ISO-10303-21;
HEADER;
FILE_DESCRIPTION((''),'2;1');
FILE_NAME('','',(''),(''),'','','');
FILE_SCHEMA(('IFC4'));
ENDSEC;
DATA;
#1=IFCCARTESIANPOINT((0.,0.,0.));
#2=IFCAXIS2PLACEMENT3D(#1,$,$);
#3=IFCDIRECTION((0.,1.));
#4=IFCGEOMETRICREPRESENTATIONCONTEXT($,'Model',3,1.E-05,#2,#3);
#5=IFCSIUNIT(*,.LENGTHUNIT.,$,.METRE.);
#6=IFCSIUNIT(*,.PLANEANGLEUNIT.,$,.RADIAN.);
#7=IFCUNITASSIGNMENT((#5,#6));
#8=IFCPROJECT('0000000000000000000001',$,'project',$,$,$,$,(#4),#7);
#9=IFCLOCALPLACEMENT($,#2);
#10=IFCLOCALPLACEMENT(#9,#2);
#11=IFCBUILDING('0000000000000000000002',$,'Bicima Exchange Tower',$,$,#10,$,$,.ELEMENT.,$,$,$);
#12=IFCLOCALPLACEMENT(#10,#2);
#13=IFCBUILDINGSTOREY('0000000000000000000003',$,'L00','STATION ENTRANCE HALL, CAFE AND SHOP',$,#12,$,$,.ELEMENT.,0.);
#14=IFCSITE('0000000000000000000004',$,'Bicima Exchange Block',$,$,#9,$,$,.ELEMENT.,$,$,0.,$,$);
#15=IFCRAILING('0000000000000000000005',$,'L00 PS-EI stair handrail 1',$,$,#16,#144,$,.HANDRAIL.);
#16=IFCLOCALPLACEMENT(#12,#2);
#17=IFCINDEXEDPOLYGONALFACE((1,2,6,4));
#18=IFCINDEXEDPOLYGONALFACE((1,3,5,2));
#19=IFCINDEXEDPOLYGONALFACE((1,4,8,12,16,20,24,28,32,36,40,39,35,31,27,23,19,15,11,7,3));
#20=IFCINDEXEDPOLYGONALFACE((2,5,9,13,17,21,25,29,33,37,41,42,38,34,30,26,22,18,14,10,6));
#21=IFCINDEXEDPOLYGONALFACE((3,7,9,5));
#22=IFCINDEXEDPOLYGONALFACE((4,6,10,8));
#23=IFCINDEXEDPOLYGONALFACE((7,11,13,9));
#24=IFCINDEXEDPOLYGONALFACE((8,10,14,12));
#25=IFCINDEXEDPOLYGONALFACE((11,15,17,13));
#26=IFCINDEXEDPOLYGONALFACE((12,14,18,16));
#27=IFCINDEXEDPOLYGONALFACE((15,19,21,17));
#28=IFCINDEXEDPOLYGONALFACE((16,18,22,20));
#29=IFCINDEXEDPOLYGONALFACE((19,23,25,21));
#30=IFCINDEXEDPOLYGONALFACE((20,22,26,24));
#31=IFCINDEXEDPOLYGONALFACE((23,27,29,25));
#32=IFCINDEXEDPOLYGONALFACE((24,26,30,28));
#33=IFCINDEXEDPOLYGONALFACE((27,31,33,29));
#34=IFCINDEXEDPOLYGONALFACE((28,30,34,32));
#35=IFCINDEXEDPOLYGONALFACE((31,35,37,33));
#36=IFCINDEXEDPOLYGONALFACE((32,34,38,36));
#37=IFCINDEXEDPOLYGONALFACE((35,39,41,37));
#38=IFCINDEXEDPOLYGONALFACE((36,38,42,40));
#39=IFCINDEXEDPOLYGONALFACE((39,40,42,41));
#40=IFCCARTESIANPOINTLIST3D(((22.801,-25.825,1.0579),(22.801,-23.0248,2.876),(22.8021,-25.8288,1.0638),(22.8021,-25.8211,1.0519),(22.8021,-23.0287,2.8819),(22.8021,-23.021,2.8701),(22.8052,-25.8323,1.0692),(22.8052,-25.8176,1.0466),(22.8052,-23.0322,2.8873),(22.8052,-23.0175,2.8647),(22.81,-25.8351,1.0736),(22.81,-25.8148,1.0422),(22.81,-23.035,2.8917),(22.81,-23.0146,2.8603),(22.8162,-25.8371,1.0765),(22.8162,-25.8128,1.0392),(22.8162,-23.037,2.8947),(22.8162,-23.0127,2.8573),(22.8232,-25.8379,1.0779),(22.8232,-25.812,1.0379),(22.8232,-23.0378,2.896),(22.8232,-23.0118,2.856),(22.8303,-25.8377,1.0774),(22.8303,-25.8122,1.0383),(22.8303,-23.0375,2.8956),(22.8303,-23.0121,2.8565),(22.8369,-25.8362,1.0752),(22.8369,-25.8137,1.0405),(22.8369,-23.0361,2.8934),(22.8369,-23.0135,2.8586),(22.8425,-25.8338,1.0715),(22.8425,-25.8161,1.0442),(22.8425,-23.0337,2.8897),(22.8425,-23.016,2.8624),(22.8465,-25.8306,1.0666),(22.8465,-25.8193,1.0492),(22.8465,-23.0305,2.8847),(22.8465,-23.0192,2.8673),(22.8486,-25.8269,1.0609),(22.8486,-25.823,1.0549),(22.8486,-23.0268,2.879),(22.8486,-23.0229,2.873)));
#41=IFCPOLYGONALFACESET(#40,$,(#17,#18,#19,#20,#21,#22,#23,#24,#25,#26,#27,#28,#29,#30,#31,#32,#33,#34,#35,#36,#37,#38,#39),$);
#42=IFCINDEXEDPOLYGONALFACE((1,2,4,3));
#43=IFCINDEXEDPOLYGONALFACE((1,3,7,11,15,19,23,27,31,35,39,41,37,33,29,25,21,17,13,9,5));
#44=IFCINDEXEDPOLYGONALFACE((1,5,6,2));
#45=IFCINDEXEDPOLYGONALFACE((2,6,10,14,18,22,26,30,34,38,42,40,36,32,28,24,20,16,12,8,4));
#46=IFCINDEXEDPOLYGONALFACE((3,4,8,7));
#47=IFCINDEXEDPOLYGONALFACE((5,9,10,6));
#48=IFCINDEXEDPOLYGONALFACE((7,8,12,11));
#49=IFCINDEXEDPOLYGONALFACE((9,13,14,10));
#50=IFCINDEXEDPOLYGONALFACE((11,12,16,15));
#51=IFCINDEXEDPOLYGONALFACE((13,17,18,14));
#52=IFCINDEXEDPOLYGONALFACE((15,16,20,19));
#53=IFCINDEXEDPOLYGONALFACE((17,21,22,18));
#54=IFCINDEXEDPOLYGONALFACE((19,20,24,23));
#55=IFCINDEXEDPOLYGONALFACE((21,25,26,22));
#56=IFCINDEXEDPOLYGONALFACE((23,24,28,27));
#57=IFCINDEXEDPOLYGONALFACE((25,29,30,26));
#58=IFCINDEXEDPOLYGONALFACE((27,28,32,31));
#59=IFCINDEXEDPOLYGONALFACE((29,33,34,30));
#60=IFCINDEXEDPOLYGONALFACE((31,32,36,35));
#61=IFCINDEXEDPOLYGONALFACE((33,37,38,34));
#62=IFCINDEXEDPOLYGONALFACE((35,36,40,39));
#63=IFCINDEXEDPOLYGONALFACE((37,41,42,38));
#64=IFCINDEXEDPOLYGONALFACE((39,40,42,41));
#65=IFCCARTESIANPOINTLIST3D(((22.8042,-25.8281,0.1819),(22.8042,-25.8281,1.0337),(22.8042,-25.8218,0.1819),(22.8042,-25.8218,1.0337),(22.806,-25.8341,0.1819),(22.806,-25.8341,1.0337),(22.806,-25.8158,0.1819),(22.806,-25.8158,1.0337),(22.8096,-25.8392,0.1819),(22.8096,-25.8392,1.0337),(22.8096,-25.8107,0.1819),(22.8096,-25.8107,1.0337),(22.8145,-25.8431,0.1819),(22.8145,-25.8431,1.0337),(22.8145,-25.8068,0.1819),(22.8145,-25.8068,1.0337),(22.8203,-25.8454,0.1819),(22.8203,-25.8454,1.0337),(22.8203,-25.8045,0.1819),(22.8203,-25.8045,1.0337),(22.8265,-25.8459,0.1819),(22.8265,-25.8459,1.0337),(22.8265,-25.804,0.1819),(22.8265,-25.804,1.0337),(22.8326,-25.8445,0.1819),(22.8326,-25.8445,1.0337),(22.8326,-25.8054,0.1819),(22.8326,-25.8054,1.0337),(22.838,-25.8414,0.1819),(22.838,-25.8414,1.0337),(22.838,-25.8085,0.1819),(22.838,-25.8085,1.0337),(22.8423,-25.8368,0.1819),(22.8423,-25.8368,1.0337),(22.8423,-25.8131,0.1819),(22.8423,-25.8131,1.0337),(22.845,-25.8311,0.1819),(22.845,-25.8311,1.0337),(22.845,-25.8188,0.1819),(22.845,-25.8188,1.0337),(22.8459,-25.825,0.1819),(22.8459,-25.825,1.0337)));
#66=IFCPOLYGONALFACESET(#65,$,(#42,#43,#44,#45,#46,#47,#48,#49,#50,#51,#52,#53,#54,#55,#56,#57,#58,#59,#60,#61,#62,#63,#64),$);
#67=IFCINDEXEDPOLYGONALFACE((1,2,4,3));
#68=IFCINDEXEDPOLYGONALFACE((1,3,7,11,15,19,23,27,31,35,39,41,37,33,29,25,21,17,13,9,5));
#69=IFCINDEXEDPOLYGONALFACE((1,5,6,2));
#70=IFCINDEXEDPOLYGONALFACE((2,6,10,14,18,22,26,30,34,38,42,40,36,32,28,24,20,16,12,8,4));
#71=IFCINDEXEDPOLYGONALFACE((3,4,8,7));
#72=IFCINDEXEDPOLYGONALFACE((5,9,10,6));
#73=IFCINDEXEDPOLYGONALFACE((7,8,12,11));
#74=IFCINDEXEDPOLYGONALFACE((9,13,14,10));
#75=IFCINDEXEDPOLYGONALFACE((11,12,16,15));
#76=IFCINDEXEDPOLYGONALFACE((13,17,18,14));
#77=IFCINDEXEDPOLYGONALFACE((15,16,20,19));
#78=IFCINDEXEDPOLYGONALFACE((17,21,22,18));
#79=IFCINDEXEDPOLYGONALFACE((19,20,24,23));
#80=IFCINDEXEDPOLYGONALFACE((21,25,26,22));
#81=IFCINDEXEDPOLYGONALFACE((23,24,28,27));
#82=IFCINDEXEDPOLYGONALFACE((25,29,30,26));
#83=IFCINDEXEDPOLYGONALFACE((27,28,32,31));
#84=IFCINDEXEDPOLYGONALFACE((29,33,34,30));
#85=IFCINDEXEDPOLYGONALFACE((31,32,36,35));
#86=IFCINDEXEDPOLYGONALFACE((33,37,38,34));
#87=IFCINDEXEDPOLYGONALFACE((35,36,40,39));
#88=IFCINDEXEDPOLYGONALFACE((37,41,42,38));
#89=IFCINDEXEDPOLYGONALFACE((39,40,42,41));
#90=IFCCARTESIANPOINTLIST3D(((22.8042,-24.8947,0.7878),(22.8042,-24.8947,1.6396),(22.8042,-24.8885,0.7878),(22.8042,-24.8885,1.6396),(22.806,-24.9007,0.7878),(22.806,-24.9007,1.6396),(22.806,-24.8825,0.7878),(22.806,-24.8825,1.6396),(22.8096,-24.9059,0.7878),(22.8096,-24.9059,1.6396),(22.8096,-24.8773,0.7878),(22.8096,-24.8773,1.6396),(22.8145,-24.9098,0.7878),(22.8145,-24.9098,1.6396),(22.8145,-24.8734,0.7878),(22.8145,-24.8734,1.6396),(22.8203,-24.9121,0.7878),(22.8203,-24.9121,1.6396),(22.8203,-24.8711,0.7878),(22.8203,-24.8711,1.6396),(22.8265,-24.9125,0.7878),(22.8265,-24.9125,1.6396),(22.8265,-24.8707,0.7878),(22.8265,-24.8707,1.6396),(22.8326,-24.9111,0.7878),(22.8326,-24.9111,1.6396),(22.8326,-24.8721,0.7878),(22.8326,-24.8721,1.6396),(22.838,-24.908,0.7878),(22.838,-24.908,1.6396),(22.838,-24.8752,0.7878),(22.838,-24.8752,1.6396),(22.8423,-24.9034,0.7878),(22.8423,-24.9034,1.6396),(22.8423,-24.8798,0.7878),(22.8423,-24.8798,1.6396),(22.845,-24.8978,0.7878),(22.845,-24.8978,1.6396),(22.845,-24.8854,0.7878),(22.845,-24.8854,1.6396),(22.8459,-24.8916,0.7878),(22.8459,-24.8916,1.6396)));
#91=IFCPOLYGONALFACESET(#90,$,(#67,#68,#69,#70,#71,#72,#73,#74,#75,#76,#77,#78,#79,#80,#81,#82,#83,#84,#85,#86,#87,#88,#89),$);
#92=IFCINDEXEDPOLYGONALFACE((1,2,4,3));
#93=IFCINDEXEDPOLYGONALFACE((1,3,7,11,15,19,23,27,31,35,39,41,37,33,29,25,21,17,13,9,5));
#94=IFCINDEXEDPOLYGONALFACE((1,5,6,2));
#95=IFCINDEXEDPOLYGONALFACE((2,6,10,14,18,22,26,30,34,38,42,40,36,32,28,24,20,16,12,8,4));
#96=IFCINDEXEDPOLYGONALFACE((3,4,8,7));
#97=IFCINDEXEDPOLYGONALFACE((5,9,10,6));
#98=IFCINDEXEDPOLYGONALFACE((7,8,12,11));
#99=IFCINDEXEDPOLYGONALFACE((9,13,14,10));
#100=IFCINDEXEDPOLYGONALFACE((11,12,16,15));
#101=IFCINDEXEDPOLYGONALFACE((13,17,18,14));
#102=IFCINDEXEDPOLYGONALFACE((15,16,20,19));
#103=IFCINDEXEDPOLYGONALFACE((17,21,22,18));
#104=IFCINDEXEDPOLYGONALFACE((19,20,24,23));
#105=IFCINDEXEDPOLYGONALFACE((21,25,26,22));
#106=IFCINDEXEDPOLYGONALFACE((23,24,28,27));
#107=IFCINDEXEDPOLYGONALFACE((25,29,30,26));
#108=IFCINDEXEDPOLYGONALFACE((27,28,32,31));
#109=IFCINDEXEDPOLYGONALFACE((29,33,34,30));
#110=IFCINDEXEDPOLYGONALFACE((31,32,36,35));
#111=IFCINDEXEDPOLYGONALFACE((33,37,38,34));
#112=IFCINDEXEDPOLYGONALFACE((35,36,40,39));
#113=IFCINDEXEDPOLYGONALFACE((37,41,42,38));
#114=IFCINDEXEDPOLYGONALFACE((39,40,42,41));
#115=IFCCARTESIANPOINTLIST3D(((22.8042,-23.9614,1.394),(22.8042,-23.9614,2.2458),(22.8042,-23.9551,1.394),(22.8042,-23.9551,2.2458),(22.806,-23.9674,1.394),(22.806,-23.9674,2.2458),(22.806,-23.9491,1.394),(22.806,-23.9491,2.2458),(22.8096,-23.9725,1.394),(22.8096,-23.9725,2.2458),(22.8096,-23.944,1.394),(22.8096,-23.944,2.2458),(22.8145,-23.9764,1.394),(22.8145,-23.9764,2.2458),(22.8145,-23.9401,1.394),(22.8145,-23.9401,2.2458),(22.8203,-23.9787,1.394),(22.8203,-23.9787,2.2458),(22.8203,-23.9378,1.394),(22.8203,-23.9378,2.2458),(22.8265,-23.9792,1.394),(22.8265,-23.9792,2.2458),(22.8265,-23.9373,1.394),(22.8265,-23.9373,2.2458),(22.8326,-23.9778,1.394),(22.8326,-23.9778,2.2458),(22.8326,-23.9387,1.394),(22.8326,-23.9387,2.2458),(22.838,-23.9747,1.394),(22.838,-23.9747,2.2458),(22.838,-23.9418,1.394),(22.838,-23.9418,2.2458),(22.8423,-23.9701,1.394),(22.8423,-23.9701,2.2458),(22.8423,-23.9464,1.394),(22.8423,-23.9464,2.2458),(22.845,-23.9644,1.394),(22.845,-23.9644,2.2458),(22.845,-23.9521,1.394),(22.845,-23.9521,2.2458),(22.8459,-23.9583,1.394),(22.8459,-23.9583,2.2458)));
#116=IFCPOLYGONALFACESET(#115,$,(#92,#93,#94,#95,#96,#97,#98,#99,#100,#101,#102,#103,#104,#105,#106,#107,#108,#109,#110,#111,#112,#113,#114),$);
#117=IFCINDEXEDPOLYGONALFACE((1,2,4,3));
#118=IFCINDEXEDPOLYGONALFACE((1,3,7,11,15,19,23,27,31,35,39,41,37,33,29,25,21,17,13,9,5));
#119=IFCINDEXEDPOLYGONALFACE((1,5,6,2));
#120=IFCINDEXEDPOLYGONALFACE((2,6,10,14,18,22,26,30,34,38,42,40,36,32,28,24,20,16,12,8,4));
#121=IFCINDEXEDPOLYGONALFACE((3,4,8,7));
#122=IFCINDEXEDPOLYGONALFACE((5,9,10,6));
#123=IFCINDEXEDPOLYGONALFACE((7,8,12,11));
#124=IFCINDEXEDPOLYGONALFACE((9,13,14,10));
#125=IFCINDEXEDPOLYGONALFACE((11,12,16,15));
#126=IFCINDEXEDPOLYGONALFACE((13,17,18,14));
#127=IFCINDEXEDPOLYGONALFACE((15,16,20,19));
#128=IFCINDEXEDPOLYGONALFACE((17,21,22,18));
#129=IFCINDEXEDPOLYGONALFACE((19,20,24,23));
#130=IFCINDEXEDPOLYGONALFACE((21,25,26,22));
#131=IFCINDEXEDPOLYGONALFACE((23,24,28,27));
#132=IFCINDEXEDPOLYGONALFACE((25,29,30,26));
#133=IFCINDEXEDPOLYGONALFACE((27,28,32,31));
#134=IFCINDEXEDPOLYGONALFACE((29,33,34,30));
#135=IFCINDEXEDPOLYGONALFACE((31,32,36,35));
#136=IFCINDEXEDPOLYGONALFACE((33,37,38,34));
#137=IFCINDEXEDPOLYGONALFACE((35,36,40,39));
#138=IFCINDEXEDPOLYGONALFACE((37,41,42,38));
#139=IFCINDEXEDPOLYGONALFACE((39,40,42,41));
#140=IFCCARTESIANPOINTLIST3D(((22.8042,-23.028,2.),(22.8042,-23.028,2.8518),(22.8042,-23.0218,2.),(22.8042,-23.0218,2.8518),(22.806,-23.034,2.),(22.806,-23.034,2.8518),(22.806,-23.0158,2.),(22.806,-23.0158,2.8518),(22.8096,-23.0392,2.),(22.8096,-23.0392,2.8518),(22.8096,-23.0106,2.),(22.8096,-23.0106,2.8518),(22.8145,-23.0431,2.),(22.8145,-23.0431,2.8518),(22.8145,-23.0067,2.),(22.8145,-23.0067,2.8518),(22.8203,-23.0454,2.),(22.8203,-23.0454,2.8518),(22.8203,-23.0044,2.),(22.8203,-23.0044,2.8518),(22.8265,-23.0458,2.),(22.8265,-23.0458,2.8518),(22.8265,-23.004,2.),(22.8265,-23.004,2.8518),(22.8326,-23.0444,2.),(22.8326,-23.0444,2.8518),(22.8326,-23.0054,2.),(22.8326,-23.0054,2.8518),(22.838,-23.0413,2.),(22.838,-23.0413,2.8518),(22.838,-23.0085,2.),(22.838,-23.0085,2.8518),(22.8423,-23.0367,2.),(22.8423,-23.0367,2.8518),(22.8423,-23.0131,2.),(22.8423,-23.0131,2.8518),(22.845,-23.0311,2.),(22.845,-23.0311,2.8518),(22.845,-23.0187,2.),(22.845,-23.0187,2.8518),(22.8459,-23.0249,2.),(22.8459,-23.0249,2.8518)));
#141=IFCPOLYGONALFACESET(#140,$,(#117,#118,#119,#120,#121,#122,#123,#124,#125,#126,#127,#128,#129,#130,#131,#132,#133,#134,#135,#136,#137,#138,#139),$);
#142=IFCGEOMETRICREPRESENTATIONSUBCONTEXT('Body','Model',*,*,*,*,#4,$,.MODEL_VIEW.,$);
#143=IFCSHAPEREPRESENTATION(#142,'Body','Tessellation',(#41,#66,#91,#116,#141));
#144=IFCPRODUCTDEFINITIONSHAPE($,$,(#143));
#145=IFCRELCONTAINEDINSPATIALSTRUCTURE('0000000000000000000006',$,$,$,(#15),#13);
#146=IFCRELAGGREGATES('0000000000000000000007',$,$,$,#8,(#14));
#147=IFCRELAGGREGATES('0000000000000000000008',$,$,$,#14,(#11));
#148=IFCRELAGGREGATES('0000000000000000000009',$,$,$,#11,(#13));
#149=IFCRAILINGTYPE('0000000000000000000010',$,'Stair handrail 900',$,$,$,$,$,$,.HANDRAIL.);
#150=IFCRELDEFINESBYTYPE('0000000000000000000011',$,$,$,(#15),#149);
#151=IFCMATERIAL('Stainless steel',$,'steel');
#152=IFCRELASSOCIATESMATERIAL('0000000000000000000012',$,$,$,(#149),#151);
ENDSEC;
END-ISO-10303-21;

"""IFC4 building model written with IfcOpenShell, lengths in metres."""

from ifc_helpers import new_model, si_unit, direction, frame, origin, origin_2d, place, context, subcontext, project, spatial, circle, extrude, material, type_object, element, save


model = new_model("IFC4")

# Units and contexts
model_context = context("Model", 3, precision=1e-05, world=origin(), true_north=direction((0.0, 1.0)))
body_context = subcontext(model_context, "Body", "Model", "MODEL_VIEW")
ifc_project = project(units=[si_unit("LENGTHUNIT", "METRE"), si_unit("PLANEANGLEUNIT", "RADIAN")], contexts=[model_context])

# Site, building, storey
site_placement = place(None, origin())
site = spatial("IfcSite", under=ifc_project, at=site_placement, Name="Bicima Exchange Block", CompositionType="ELEMENT", RefElevation=0.0)
building_placement = place(site_placement, origin())
building = spatial("IfcBuilding", under=site, at=building_placement, Name="Bicima Exchange Tower", CompositionType="ELEMENT")
storey_placement = place(building_placement, origin())
storey = spatial("IfcBuildingStorey", under=building, at=storey_placement, Name="L00", Description="STATION ENTRANCE HALL, CAFE AND SHOP", CompositionType="ELEMENT", Elevation=0.0)

# Railing
ifc_material_1 = material(Name="Stainless steel", Category="steel")
railing_type_1 = type_object("IfcRailingType", Name="Stair handrail 900", PredefinedType="HANDRAIL", material=ifc_material_1)
for number, where, name in (
    (1, (22.825, -25.825, 0.1819), "L00 PS-EI stair handrail 1"),
):
    element("IfcRailing", number, at=place(storey_placement, frame(where)), inside=storey, type_object=railing_type_1, Name=name, PredefinedType="HANDRAIL", context=body_context, shape_type="SweptSolid", body=[
        extrude(circle(Radius=0.0239, at=origin_2d()), frame((0.0, 0.0, 0.876), z_axis=(0.0, 0.838706, 0.544585), x_axis=(-1.0, 0.0, 0.0)), (0.0, 0.0, 1.0), 3.3386),
        extrude(circle(Radius=0.021, at=origin_2d()), origin(), (0.0, 0.0, 1.0), 0.8518),
        extrude(circle(Radius=0.021, at=origin_2d()), frame((0.0, 0.9333, 0.606)), (0.0, 0.0, 1.0), 0.8518),
        extrude(circle(Radius=0.021, at=origin_2d()), frame((0.0, 1.8667, 1.2122)), (0.0, 0.0, 1.0), 0.8518),
        extrude(circle(Radius=0.021, at=origin_2d()), frame((0.0, 2.8, 1.8181)), (0.0, 0.0, 1.0), 0.8518),
    ])

save(model, "model.ifc")
